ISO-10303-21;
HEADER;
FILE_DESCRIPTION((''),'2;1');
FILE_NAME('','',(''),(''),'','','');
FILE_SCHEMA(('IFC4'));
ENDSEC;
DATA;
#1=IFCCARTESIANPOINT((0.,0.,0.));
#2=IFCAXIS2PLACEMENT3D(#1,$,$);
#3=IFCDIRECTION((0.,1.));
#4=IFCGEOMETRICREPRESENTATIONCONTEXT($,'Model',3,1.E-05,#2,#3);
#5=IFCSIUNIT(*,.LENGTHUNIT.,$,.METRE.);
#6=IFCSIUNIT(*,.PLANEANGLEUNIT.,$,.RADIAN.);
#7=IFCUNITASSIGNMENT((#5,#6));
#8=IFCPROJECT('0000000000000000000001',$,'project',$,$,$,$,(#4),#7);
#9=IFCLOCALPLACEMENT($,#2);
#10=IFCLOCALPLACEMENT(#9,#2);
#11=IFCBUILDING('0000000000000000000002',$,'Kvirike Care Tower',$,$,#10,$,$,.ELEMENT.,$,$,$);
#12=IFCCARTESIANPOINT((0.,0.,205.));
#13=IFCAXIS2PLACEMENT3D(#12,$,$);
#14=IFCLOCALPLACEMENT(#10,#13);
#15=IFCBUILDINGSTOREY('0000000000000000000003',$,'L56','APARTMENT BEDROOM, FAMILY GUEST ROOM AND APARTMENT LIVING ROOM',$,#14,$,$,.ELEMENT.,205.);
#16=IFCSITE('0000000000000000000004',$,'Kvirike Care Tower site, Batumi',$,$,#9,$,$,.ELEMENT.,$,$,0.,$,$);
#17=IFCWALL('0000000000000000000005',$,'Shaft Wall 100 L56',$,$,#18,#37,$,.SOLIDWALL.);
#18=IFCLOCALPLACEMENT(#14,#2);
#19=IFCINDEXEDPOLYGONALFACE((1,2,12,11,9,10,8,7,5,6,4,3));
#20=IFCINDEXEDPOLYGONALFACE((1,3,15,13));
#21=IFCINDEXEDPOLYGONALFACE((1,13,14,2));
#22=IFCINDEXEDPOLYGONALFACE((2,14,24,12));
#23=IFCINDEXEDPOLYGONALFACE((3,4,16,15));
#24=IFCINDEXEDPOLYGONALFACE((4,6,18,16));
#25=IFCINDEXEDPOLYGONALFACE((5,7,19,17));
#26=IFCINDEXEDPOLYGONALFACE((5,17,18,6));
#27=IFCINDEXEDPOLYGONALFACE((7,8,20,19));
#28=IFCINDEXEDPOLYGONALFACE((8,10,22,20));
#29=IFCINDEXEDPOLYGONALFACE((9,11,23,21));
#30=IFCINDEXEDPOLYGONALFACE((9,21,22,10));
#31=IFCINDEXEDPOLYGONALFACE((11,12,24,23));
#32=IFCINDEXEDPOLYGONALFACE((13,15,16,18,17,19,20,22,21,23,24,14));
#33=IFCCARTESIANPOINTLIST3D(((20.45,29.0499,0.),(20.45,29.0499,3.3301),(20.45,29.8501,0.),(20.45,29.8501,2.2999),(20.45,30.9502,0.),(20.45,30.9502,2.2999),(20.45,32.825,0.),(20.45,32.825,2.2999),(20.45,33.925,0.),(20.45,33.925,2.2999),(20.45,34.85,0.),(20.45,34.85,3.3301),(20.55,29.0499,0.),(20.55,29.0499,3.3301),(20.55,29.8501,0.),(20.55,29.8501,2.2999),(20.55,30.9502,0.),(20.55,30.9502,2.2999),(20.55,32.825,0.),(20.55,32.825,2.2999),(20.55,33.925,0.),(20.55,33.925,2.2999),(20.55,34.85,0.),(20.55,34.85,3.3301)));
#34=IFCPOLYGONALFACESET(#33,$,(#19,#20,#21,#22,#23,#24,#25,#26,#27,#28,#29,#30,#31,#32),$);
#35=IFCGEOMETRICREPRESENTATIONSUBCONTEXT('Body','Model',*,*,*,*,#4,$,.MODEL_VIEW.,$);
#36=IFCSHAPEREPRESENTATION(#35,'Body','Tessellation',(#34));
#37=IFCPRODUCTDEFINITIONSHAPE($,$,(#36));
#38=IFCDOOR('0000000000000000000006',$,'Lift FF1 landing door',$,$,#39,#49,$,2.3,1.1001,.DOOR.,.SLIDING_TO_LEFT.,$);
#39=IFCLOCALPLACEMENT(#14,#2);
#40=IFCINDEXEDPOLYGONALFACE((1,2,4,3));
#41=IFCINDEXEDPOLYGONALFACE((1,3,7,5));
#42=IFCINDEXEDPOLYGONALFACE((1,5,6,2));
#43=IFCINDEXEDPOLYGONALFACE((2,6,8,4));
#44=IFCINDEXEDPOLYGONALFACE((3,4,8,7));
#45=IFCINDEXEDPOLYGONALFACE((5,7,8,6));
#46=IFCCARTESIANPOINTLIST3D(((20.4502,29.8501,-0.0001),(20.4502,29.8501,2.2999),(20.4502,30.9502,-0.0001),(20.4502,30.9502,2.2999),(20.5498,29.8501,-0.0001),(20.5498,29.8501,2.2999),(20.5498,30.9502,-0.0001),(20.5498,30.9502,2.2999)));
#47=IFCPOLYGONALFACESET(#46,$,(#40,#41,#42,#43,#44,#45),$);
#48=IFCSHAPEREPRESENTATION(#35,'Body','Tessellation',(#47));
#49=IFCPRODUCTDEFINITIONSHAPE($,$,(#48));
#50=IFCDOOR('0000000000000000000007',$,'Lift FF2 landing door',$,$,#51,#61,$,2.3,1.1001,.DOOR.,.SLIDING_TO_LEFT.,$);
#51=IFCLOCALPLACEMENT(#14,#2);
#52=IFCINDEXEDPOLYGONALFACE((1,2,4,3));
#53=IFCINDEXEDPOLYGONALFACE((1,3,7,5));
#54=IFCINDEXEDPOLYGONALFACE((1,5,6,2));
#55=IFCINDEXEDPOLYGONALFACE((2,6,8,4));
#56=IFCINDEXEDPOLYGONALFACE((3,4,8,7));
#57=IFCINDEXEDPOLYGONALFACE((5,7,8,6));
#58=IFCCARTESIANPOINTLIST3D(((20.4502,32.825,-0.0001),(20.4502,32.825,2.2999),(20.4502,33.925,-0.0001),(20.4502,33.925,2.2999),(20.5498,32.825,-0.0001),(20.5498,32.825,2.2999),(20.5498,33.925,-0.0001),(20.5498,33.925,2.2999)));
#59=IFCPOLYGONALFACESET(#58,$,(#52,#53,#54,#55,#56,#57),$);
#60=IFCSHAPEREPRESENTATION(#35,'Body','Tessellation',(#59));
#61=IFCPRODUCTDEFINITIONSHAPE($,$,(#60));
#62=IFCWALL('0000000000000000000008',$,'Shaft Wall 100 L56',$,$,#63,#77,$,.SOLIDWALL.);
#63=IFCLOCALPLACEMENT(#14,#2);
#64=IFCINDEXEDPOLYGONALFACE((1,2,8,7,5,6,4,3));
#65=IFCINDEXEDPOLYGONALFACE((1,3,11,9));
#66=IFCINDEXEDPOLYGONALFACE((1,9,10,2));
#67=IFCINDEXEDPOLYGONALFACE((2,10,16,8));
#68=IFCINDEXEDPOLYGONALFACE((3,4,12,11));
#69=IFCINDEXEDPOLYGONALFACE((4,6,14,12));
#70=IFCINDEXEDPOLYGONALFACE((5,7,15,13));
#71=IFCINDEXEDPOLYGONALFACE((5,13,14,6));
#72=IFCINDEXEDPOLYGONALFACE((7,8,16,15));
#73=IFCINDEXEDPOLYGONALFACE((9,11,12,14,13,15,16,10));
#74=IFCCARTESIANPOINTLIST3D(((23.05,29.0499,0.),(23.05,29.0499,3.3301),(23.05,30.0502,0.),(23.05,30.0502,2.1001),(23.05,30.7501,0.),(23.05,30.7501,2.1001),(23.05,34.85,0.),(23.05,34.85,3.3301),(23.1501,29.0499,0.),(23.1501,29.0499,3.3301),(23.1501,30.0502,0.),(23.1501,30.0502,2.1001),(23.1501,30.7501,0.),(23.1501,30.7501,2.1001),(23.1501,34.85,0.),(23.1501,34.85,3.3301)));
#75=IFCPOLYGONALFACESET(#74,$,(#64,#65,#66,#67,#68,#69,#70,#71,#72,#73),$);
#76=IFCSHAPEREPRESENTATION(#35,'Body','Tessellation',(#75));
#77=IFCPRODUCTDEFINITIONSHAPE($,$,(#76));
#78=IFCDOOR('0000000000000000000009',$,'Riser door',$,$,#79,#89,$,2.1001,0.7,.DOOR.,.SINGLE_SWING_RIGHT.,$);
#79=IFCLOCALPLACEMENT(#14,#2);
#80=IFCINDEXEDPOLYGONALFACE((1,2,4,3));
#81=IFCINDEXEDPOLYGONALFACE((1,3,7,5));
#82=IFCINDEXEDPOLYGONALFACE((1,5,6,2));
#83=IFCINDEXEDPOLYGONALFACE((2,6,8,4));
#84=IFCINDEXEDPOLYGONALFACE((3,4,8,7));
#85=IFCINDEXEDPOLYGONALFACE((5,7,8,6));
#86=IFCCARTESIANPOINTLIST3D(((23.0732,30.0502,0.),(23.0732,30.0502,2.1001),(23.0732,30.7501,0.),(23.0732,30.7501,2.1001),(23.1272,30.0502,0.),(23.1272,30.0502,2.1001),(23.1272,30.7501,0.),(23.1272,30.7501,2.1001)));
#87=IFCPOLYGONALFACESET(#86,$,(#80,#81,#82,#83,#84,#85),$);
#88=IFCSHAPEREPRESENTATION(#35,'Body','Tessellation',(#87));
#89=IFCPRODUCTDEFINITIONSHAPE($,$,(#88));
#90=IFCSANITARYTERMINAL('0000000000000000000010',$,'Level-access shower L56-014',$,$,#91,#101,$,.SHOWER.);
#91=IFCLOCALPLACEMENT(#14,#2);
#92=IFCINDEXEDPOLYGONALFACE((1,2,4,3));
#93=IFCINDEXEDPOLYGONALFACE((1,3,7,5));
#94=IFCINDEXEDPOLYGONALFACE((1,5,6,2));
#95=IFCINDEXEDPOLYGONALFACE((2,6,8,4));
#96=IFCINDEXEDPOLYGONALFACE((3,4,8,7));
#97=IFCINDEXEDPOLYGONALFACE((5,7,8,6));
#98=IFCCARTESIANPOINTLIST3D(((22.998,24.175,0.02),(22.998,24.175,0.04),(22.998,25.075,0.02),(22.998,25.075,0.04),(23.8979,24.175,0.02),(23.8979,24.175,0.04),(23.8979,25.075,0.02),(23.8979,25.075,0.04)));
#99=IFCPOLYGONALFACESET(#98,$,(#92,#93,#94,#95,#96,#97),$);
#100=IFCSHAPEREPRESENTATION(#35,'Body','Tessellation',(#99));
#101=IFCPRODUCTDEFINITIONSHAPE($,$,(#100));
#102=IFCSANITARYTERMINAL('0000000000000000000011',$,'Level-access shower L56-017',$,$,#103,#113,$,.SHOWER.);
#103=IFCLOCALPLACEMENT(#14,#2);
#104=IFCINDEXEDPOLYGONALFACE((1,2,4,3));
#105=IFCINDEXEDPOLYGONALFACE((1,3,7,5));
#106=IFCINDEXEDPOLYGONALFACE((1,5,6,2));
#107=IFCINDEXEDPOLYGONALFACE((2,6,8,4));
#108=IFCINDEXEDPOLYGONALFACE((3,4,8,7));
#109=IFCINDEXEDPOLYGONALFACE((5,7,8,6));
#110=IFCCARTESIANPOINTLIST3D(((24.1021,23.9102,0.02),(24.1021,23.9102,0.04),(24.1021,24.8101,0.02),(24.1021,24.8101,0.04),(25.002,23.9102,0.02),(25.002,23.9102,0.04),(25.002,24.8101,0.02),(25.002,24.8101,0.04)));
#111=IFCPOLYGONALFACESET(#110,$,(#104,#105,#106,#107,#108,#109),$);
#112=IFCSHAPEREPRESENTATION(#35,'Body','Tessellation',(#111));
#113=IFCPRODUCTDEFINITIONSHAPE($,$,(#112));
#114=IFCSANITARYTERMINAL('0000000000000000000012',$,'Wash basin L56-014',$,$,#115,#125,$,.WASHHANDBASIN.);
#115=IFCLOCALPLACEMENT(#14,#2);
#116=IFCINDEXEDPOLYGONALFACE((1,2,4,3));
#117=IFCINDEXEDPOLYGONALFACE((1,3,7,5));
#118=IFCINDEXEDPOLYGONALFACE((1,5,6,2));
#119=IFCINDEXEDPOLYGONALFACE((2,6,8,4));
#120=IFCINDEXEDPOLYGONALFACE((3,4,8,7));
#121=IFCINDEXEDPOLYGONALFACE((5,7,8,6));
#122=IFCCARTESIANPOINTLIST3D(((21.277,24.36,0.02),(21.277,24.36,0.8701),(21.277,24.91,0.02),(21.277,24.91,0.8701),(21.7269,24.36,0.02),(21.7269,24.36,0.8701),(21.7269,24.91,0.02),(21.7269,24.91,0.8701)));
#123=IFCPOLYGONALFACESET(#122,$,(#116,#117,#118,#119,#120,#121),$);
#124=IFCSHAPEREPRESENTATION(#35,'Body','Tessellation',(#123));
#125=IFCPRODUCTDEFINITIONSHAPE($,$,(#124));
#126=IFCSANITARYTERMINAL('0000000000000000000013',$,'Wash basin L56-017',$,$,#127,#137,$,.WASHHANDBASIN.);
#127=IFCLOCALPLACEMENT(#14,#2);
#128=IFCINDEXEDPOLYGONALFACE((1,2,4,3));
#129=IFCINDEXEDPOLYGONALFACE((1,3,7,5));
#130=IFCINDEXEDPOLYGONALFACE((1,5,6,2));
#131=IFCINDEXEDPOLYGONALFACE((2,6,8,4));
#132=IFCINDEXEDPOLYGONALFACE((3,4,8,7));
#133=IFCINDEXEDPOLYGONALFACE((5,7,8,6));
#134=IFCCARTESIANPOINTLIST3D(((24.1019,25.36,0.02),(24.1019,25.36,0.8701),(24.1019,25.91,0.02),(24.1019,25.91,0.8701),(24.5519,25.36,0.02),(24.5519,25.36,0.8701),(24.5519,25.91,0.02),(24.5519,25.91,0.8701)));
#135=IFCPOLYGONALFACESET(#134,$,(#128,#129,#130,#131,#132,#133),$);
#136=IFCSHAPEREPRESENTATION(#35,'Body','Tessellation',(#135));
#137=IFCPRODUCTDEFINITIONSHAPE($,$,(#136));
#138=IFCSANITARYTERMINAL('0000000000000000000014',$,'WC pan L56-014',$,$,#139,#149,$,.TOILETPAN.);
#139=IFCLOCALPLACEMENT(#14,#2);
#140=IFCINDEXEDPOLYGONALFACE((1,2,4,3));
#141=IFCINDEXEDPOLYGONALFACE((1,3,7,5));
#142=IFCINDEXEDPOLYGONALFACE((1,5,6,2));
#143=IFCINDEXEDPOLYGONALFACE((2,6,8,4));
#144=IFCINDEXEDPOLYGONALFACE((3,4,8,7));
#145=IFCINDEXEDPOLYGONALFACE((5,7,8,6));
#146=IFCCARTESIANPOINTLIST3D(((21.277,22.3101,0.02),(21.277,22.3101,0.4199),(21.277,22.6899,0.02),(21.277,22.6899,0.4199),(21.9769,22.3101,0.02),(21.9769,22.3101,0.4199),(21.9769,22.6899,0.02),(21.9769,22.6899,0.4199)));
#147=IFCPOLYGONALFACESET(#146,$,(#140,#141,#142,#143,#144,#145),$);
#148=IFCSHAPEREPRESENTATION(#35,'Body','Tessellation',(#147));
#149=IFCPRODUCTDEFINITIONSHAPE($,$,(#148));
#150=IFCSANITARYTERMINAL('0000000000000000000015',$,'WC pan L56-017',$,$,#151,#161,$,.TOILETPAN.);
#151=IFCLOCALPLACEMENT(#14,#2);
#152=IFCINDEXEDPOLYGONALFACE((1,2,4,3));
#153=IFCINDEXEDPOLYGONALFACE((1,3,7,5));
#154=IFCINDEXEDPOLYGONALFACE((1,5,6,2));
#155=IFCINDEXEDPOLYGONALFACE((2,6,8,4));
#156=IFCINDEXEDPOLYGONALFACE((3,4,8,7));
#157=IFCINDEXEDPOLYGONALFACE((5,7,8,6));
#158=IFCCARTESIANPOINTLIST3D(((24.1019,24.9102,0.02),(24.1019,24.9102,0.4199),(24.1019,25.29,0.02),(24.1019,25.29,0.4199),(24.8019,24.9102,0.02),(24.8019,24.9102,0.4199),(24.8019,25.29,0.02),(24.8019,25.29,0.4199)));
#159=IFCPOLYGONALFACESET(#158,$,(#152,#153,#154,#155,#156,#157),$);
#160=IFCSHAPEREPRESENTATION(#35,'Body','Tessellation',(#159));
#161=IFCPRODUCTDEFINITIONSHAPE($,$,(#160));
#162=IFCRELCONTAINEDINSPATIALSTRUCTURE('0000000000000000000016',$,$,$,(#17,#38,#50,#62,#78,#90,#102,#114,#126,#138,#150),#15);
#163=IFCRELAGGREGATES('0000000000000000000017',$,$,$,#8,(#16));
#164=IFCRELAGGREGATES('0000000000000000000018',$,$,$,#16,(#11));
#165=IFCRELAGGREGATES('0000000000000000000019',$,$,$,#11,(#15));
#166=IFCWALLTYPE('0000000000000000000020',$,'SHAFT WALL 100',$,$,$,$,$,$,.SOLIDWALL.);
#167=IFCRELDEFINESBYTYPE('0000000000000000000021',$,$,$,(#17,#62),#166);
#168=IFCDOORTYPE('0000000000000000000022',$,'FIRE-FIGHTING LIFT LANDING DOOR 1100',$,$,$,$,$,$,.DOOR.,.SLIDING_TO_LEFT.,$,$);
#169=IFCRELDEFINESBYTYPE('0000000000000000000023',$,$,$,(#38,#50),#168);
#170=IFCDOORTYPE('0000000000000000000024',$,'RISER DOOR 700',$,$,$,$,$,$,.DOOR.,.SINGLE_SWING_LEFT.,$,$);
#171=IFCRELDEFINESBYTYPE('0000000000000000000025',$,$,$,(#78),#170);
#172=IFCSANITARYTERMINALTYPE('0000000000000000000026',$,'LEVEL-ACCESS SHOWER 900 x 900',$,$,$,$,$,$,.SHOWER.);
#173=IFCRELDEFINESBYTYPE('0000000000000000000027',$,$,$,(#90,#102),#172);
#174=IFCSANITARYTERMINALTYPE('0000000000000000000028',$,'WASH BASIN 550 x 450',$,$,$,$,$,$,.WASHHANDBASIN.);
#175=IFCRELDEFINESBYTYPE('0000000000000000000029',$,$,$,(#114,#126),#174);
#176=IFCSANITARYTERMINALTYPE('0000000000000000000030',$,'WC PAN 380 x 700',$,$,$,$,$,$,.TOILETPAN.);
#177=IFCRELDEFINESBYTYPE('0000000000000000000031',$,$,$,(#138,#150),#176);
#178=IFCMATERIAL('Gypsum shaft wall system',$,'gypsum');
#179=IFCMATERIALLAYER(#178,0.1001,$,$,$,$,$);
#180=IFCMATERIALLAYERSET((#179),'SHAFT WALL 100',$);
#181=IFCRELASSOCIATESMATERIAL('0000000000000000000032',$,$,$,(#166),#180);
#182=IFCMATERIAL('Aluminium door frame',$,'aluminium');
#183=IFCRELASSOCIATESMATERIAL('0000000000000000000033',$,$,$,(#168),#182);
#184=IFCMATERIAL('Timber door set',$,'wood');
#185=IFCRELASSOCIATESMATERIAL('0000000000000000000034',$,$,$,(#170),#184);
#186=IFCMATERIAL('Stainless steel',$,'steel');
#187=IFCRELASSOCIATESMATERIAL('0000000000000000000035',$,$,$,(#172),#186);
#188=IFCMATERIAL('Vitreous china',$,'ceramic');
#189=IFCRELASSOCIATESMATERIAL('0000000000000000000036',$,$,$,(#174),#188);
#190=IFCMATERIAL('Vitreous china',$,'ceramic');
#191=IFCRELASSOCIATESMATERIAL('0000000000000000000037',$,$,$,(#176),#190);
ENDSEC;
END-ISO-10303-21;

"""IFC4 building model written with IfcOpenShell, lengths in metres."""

from ifc_helpers import new_model, si_unit, direction, frame, frame_2d, origin, origin_2d, place, context, subcontext, project, spatial, rectangle, extrude, material, layer, layer_set, type_object, element, fill, save


model = new_model("IFC4")

# Units and contexts
model_context = context("Model", 3, precision=1e-05, world=origin(), true_north=direction((0.0, 1.0)))
body_context = subcontext(model_context, "Body", "Model", "MODEL_VIEW")
ifc_project = project(units=[si_unit("LENGTHUNIT", "METRE"), si_unit("PLANEANGLEUNIT", "RADIAN")], contexts=[model_context])

# Site, building, storey
site_placement = place(None, origin())
site = spatial("IfcSite", under=ifc_project, at=site_placement, Name="Kvirike Care Tower site, Batumi", CompositionType="ELEMENT", RefElevation=0.0)
building_placement = place(site_placement, origin())
building = spatial("IfcBuilding", under=site, at=building_placement, Name="Kvirike Care Tower", CompositionType="ELEMENT")
storey_placement = place(building_placement, frame((0.0, 0.0, 205.0)))
storey = spatial("IfcBuildingStorey", under=building, at=storey_placement, Name="L56", Description="APARTMENT BEDROOM, FAMILY GUEST ROOM AND APARTMENT LIVING ROOM", CompositionType="ELEMENT", Elevation=205.0)

# Wall, openings, doors
ifc_material_1 = material(Name="Gypsum shaft wall system", Category="gypsum")
ifc_layer_1 = layer(ifc_material_1, 0.1001)
ifc_layer_set_1 = layer_set([ifc_layer_1], Name="SHAFT WALL 100")
wall_type_1 = type_object("IfcWallType", Name="SHAFT WALL 100", PredefinedType="SOLIDWALL", material=ifc_layer_set_1)
wall_1_placement = place(storey_placement, frame((20.5, 29.05, 0.0), z_axis=(0.0, 0.0, 1.0), x_axis=(0.0, 1.0, 0.0)))
wall_1 = element("IfcWall", 1, at=wall_1_placement, inside=storey, type_object=wall_type_1, Name="Shaft Wall 100 L56", PredefinedType="SOLIDWALL", context=body_context, shape_type="SweptSolid", body=[
    extrude(rectangle(XDim=5.8, YDim=0.1001, at=frame_2d((2.8999, 0.0))), origin(), (0.0, 0.0, 1.0), 3.3301),
])
opening_1_placement = place(wall_1_placement, frame((0.8, 0.0, 0.0)))
opening_1 = element("IfcOpeningElement", 2, at=opening_1_placement, cuts=wall_1, PredefinedType="OPENING", context=body_context, shape_type="SweptSolid", body=[
    extrude(rectangle(XDim=1.1001, YDim=2.3, at=frame_2d((0.55, 1.1499))), frame((0.0, 0.0605, 0.0), z_axis=(0.0, -1.0, 0.0), x_axis=(1.0, 0.0, 0.0)), (0.0, 0.0, 1.0), 0.1211),
])
opening_2_placement = place(wall_1_placement, frame((3.7749, 0.0, 0.0)))
opening_2 = element("IfcOpeningElement", 3, at=opening_2_placement, cuts=wall_1, PredefinedType="OPENING", context=body_context, shape_type="SweptSolid", body=[
    extrude(rectangle(XDim=1.1001, YDim=2.3, at=frame_2d((0.55, 1.1499))), frame((0.0, 0.0605, 0.0), z_axis=(0.0, -1.0, 0.0), x_axis=(1.0, 0.0, 0.0)), (0.0, 0.0, 1.0), 0.1211),
])
ifc_material_2 = material(Name="Aluminium door frame", Category="aluminium")
door_type_1 = type_object("IfcDoorType", Name="FIRE-FIGHTING LIFT LANDING DOOR 1100", OperationType="SLIDING_TO_LEFT", PredefinedType="DOOR", material=ifc_material_2)
door_1_placement = place(opening_1_placement, origin())
door_1 = element("IfcDoor", 4, at=door_1_placement, inside=storey, type_object=door_type_1, Name="Lift FF1 landing door", OperationType="SLIDING_TO_LEFT", OverallHeight=2.3, OverallWidth=1.1001, PredefinedType="DOOR", context=body_context, shape_type="SweptSolid", body=[
    extrude(rectangle(XDim=1.1001, YDim=2.3, at=frame_2d((0.55, 1.1499))), frame((0.0, 0.0498, 0.0), z_axis=(0.0, -1.0, 0.0), x_axis=(1.0, 0.0, 0.0)), (0.0, 0.0, 1.0), 0.0996),
])
fill(opening_1, door_1)
door_2_placement = place(opening_2_placement, origin())
door_2 = element("IfcDoor", 5, at=door_2_placement, inside=storey, type_object=door_type_1, Name="Lift FF2 landing door", OperationType="SLIDING_TO_LEFT", OverallHeight=2.3, OverallWidth=1.1001, PredefinedType="DOOR", context=body_context, shape_type="SweptSolid", body=[
    extrude(rectangle(XDim=1.1001, YDim=2.3, at=frame_2d((0.55, 1.1499))), frame((0.0, 0.0498, 0.0), z_axis=(0.0, -1.0, 0.0), x_axis=(1.0, 0.0, 0.0)), (0.0, 0.0, 1.0), 0.0996),
])
fill(opening_2, door_2)

# Wall, opening, door
wall_2_placement = place(storey_placement, frame((23.1001, 29.05, 0.0), z_axis=(0.0, 0.0, 1.0), x_axis=(0.0, 1.0, 0.0)))
wall_2 = element("IfcWall", 6, at=wall_2_placement, inside=storey, type_object=wall_type_1, Name="Shaft Wall 100 L56", PredefinedType="SOLIDWALL", context=body_context, shape_type="SweptSolid", body=[
    extrude(rectangle(XDim=5.8, YDim=0.1001, at=frame_2d((2.8999, 0.0))), origin(), (0.0, 0.0, 1.0), 3.3301),
])
opening_3_placement = place(wall_2_placement, frame((1.0, 0.0, 0.0)))
opening_3 = element("IfcOpeningElement", 7, at=opening_3_placement, cuts=wall_2, PredefinedType="OPENING", context=body_context, shape_type="SweptSolid", body=[
    extrude(rectangle(XDim=0.7, YDim=2.1001, at=frame_2d((0.3501, 1.05))), frame((0.0, 0.0605, 0.0), z_axis=(0.0, -1.0, 0.0), x_axis=(1.0, 0.0, 0.0)), (0.0, 0.0, 1.0), 0.1211),
])
ifc_material_3 = material(Name="Timber door set", Category="wood")
door_type_2 = type_object("IfcDoorType", Name="RISER DOOR 700", OperationType="SINGLE_SWING_LEFT", PredefinedType="DOOR", material=ifc_material_3)
door_3_placement = place(opening_3_placement, origin())
door_3 = element("IfcDoor", 8, at=door_3_placement, inside=storey, type_object=door_type_2, Name="Riser door", OperationType="SINGLE_SWING_RIGHT", OverallHeight=2.1001, OverallWidth=0.7, PredefinedType="DOOR", context=body_context, shape_type="SweptSolid", body=[
    extrude(rectangle(XDim=0.7, YDim=2.1001, at=frame_2d((0.3501, 1.05))), frame((0.0, 0.0269, 0.0), z_axis=(0.0, -1.0, 0.0), x_axis=(1.0, 0.0, 0.0)), (0.0, 0.0, 1.0), 0.054),
])
fill(opening_3, door_3)

# Sanitary terminals
ifc_material_4 = material(Name="Stainless steel", Category="steel")
sanitary_terminal_type_1 = type_object("IfcSanitaryTerminalType", Name="LEVEL-ACCESS SHOWER 900 x 900", PredefinedType="SHOWER", material=ifc_material_4)
for number, where, z_axis, x_axis, name in (
    (9, (23.448, 24.625, 0.02), (0.0, 0.0, 1.0), (0.0, -1.0, 0.0), "Level-access shower L56-014"),
    (10, (24.552, 24.3601, 0.02), (0.0, 0.0, 1.0), (0.0, 1.0, 0.0), "Level-access shower L56-017"),
):
    element("IfcSanitaryTerminal", number, at=place(storey_placement, frame(where, z_axis=z_axis, x_axis=x_axis)), inside=storey, type_object=sanitary_terminal_type_1, Name=name, PredefinedType="SHOWER", context=body_context, shape_type="SweptSolid", body=[
        extrude(rectangle(XDim=0.8999, YDim=0.8999, at=origin_2d()), origin(), (0.0, 0.0, 1.0), 0.02),
    ])
ifc_material_5 = material(Name="Vitreous china", Category="ceramic")
sanitary_terminal_type_2 = type_object("IfcSanitaryTerminalType", Name="WASH BASIN 550 x 450", PredefinedType="WASHHANDBASIN", material=ifc_material_5)
for number, where, z_axis, x_axis, name in (
    (11, (21.502, 24.635, 0.02), (0.0, 0.0, 1.0), (0.0, 1.0, 0.0), "Wash basin L56-014"),
    (12, (24.3269, 25.635, 0.02), (0.0, 0.0, 1.0), (0.0, 1.0, 0.0), "Wash basin L56-017"),
):
    element("IfcSanitaryTerminal", number, at=place(storey_placement, frame(where, z_axis=z_axis, x_axis=x_axis)), inside=storey, type_object=sanitary_terminal_type_2, Name=name, PredefinedType="WASHHANDBASIN", context=body_context, shape_type="SweptSolid", body=[
        extrude(rectangle(XDim=0.55, YDim=0.45, at=origin_2d()), origin(), (0.0, 0.0, 1.0), 0.8501),
    ])
ifc_material_6 = material(Name="Vitreous china", Category="ceramic")
sanitary_terminal_type_3 = type_object("IfcSanitaryTerminalType", Name="WC PAN 380 x 700", PredefinedType="TOILETPAN", material=ifc_material_6)
for number, where, z_axis, x_axis, name in (
    (13, (21.627, 22.5, 0.02), (0.0, 0.0, 1.0), (0.0, 1.0, 0.0), "WC pan L56-014"),
    (14, (24.4519, 25.1001, 0.02), (0.0, 0.0, 1.0), (0.0, 1.0, 0.0), "WC pan L56-017"),
):
    element("IfcSanitaryTerminal", number, at=place(storey_placement, frame(where, z_axis=z_axis, x_axis=x_axis)), inside=storey, type_object=sanitary_terminal_type_3, Name=name, PredefinedType="TOILETPAN", context=body_context, shape_type="SweptSolid", body=[
        extrude(rectangle(XDim=0.3799, YDim=0.7, at=origin_2d()), origin(), (0.0, 0.0, 1.0), 0.3999),
    ])

save(model, "model.ifc")
